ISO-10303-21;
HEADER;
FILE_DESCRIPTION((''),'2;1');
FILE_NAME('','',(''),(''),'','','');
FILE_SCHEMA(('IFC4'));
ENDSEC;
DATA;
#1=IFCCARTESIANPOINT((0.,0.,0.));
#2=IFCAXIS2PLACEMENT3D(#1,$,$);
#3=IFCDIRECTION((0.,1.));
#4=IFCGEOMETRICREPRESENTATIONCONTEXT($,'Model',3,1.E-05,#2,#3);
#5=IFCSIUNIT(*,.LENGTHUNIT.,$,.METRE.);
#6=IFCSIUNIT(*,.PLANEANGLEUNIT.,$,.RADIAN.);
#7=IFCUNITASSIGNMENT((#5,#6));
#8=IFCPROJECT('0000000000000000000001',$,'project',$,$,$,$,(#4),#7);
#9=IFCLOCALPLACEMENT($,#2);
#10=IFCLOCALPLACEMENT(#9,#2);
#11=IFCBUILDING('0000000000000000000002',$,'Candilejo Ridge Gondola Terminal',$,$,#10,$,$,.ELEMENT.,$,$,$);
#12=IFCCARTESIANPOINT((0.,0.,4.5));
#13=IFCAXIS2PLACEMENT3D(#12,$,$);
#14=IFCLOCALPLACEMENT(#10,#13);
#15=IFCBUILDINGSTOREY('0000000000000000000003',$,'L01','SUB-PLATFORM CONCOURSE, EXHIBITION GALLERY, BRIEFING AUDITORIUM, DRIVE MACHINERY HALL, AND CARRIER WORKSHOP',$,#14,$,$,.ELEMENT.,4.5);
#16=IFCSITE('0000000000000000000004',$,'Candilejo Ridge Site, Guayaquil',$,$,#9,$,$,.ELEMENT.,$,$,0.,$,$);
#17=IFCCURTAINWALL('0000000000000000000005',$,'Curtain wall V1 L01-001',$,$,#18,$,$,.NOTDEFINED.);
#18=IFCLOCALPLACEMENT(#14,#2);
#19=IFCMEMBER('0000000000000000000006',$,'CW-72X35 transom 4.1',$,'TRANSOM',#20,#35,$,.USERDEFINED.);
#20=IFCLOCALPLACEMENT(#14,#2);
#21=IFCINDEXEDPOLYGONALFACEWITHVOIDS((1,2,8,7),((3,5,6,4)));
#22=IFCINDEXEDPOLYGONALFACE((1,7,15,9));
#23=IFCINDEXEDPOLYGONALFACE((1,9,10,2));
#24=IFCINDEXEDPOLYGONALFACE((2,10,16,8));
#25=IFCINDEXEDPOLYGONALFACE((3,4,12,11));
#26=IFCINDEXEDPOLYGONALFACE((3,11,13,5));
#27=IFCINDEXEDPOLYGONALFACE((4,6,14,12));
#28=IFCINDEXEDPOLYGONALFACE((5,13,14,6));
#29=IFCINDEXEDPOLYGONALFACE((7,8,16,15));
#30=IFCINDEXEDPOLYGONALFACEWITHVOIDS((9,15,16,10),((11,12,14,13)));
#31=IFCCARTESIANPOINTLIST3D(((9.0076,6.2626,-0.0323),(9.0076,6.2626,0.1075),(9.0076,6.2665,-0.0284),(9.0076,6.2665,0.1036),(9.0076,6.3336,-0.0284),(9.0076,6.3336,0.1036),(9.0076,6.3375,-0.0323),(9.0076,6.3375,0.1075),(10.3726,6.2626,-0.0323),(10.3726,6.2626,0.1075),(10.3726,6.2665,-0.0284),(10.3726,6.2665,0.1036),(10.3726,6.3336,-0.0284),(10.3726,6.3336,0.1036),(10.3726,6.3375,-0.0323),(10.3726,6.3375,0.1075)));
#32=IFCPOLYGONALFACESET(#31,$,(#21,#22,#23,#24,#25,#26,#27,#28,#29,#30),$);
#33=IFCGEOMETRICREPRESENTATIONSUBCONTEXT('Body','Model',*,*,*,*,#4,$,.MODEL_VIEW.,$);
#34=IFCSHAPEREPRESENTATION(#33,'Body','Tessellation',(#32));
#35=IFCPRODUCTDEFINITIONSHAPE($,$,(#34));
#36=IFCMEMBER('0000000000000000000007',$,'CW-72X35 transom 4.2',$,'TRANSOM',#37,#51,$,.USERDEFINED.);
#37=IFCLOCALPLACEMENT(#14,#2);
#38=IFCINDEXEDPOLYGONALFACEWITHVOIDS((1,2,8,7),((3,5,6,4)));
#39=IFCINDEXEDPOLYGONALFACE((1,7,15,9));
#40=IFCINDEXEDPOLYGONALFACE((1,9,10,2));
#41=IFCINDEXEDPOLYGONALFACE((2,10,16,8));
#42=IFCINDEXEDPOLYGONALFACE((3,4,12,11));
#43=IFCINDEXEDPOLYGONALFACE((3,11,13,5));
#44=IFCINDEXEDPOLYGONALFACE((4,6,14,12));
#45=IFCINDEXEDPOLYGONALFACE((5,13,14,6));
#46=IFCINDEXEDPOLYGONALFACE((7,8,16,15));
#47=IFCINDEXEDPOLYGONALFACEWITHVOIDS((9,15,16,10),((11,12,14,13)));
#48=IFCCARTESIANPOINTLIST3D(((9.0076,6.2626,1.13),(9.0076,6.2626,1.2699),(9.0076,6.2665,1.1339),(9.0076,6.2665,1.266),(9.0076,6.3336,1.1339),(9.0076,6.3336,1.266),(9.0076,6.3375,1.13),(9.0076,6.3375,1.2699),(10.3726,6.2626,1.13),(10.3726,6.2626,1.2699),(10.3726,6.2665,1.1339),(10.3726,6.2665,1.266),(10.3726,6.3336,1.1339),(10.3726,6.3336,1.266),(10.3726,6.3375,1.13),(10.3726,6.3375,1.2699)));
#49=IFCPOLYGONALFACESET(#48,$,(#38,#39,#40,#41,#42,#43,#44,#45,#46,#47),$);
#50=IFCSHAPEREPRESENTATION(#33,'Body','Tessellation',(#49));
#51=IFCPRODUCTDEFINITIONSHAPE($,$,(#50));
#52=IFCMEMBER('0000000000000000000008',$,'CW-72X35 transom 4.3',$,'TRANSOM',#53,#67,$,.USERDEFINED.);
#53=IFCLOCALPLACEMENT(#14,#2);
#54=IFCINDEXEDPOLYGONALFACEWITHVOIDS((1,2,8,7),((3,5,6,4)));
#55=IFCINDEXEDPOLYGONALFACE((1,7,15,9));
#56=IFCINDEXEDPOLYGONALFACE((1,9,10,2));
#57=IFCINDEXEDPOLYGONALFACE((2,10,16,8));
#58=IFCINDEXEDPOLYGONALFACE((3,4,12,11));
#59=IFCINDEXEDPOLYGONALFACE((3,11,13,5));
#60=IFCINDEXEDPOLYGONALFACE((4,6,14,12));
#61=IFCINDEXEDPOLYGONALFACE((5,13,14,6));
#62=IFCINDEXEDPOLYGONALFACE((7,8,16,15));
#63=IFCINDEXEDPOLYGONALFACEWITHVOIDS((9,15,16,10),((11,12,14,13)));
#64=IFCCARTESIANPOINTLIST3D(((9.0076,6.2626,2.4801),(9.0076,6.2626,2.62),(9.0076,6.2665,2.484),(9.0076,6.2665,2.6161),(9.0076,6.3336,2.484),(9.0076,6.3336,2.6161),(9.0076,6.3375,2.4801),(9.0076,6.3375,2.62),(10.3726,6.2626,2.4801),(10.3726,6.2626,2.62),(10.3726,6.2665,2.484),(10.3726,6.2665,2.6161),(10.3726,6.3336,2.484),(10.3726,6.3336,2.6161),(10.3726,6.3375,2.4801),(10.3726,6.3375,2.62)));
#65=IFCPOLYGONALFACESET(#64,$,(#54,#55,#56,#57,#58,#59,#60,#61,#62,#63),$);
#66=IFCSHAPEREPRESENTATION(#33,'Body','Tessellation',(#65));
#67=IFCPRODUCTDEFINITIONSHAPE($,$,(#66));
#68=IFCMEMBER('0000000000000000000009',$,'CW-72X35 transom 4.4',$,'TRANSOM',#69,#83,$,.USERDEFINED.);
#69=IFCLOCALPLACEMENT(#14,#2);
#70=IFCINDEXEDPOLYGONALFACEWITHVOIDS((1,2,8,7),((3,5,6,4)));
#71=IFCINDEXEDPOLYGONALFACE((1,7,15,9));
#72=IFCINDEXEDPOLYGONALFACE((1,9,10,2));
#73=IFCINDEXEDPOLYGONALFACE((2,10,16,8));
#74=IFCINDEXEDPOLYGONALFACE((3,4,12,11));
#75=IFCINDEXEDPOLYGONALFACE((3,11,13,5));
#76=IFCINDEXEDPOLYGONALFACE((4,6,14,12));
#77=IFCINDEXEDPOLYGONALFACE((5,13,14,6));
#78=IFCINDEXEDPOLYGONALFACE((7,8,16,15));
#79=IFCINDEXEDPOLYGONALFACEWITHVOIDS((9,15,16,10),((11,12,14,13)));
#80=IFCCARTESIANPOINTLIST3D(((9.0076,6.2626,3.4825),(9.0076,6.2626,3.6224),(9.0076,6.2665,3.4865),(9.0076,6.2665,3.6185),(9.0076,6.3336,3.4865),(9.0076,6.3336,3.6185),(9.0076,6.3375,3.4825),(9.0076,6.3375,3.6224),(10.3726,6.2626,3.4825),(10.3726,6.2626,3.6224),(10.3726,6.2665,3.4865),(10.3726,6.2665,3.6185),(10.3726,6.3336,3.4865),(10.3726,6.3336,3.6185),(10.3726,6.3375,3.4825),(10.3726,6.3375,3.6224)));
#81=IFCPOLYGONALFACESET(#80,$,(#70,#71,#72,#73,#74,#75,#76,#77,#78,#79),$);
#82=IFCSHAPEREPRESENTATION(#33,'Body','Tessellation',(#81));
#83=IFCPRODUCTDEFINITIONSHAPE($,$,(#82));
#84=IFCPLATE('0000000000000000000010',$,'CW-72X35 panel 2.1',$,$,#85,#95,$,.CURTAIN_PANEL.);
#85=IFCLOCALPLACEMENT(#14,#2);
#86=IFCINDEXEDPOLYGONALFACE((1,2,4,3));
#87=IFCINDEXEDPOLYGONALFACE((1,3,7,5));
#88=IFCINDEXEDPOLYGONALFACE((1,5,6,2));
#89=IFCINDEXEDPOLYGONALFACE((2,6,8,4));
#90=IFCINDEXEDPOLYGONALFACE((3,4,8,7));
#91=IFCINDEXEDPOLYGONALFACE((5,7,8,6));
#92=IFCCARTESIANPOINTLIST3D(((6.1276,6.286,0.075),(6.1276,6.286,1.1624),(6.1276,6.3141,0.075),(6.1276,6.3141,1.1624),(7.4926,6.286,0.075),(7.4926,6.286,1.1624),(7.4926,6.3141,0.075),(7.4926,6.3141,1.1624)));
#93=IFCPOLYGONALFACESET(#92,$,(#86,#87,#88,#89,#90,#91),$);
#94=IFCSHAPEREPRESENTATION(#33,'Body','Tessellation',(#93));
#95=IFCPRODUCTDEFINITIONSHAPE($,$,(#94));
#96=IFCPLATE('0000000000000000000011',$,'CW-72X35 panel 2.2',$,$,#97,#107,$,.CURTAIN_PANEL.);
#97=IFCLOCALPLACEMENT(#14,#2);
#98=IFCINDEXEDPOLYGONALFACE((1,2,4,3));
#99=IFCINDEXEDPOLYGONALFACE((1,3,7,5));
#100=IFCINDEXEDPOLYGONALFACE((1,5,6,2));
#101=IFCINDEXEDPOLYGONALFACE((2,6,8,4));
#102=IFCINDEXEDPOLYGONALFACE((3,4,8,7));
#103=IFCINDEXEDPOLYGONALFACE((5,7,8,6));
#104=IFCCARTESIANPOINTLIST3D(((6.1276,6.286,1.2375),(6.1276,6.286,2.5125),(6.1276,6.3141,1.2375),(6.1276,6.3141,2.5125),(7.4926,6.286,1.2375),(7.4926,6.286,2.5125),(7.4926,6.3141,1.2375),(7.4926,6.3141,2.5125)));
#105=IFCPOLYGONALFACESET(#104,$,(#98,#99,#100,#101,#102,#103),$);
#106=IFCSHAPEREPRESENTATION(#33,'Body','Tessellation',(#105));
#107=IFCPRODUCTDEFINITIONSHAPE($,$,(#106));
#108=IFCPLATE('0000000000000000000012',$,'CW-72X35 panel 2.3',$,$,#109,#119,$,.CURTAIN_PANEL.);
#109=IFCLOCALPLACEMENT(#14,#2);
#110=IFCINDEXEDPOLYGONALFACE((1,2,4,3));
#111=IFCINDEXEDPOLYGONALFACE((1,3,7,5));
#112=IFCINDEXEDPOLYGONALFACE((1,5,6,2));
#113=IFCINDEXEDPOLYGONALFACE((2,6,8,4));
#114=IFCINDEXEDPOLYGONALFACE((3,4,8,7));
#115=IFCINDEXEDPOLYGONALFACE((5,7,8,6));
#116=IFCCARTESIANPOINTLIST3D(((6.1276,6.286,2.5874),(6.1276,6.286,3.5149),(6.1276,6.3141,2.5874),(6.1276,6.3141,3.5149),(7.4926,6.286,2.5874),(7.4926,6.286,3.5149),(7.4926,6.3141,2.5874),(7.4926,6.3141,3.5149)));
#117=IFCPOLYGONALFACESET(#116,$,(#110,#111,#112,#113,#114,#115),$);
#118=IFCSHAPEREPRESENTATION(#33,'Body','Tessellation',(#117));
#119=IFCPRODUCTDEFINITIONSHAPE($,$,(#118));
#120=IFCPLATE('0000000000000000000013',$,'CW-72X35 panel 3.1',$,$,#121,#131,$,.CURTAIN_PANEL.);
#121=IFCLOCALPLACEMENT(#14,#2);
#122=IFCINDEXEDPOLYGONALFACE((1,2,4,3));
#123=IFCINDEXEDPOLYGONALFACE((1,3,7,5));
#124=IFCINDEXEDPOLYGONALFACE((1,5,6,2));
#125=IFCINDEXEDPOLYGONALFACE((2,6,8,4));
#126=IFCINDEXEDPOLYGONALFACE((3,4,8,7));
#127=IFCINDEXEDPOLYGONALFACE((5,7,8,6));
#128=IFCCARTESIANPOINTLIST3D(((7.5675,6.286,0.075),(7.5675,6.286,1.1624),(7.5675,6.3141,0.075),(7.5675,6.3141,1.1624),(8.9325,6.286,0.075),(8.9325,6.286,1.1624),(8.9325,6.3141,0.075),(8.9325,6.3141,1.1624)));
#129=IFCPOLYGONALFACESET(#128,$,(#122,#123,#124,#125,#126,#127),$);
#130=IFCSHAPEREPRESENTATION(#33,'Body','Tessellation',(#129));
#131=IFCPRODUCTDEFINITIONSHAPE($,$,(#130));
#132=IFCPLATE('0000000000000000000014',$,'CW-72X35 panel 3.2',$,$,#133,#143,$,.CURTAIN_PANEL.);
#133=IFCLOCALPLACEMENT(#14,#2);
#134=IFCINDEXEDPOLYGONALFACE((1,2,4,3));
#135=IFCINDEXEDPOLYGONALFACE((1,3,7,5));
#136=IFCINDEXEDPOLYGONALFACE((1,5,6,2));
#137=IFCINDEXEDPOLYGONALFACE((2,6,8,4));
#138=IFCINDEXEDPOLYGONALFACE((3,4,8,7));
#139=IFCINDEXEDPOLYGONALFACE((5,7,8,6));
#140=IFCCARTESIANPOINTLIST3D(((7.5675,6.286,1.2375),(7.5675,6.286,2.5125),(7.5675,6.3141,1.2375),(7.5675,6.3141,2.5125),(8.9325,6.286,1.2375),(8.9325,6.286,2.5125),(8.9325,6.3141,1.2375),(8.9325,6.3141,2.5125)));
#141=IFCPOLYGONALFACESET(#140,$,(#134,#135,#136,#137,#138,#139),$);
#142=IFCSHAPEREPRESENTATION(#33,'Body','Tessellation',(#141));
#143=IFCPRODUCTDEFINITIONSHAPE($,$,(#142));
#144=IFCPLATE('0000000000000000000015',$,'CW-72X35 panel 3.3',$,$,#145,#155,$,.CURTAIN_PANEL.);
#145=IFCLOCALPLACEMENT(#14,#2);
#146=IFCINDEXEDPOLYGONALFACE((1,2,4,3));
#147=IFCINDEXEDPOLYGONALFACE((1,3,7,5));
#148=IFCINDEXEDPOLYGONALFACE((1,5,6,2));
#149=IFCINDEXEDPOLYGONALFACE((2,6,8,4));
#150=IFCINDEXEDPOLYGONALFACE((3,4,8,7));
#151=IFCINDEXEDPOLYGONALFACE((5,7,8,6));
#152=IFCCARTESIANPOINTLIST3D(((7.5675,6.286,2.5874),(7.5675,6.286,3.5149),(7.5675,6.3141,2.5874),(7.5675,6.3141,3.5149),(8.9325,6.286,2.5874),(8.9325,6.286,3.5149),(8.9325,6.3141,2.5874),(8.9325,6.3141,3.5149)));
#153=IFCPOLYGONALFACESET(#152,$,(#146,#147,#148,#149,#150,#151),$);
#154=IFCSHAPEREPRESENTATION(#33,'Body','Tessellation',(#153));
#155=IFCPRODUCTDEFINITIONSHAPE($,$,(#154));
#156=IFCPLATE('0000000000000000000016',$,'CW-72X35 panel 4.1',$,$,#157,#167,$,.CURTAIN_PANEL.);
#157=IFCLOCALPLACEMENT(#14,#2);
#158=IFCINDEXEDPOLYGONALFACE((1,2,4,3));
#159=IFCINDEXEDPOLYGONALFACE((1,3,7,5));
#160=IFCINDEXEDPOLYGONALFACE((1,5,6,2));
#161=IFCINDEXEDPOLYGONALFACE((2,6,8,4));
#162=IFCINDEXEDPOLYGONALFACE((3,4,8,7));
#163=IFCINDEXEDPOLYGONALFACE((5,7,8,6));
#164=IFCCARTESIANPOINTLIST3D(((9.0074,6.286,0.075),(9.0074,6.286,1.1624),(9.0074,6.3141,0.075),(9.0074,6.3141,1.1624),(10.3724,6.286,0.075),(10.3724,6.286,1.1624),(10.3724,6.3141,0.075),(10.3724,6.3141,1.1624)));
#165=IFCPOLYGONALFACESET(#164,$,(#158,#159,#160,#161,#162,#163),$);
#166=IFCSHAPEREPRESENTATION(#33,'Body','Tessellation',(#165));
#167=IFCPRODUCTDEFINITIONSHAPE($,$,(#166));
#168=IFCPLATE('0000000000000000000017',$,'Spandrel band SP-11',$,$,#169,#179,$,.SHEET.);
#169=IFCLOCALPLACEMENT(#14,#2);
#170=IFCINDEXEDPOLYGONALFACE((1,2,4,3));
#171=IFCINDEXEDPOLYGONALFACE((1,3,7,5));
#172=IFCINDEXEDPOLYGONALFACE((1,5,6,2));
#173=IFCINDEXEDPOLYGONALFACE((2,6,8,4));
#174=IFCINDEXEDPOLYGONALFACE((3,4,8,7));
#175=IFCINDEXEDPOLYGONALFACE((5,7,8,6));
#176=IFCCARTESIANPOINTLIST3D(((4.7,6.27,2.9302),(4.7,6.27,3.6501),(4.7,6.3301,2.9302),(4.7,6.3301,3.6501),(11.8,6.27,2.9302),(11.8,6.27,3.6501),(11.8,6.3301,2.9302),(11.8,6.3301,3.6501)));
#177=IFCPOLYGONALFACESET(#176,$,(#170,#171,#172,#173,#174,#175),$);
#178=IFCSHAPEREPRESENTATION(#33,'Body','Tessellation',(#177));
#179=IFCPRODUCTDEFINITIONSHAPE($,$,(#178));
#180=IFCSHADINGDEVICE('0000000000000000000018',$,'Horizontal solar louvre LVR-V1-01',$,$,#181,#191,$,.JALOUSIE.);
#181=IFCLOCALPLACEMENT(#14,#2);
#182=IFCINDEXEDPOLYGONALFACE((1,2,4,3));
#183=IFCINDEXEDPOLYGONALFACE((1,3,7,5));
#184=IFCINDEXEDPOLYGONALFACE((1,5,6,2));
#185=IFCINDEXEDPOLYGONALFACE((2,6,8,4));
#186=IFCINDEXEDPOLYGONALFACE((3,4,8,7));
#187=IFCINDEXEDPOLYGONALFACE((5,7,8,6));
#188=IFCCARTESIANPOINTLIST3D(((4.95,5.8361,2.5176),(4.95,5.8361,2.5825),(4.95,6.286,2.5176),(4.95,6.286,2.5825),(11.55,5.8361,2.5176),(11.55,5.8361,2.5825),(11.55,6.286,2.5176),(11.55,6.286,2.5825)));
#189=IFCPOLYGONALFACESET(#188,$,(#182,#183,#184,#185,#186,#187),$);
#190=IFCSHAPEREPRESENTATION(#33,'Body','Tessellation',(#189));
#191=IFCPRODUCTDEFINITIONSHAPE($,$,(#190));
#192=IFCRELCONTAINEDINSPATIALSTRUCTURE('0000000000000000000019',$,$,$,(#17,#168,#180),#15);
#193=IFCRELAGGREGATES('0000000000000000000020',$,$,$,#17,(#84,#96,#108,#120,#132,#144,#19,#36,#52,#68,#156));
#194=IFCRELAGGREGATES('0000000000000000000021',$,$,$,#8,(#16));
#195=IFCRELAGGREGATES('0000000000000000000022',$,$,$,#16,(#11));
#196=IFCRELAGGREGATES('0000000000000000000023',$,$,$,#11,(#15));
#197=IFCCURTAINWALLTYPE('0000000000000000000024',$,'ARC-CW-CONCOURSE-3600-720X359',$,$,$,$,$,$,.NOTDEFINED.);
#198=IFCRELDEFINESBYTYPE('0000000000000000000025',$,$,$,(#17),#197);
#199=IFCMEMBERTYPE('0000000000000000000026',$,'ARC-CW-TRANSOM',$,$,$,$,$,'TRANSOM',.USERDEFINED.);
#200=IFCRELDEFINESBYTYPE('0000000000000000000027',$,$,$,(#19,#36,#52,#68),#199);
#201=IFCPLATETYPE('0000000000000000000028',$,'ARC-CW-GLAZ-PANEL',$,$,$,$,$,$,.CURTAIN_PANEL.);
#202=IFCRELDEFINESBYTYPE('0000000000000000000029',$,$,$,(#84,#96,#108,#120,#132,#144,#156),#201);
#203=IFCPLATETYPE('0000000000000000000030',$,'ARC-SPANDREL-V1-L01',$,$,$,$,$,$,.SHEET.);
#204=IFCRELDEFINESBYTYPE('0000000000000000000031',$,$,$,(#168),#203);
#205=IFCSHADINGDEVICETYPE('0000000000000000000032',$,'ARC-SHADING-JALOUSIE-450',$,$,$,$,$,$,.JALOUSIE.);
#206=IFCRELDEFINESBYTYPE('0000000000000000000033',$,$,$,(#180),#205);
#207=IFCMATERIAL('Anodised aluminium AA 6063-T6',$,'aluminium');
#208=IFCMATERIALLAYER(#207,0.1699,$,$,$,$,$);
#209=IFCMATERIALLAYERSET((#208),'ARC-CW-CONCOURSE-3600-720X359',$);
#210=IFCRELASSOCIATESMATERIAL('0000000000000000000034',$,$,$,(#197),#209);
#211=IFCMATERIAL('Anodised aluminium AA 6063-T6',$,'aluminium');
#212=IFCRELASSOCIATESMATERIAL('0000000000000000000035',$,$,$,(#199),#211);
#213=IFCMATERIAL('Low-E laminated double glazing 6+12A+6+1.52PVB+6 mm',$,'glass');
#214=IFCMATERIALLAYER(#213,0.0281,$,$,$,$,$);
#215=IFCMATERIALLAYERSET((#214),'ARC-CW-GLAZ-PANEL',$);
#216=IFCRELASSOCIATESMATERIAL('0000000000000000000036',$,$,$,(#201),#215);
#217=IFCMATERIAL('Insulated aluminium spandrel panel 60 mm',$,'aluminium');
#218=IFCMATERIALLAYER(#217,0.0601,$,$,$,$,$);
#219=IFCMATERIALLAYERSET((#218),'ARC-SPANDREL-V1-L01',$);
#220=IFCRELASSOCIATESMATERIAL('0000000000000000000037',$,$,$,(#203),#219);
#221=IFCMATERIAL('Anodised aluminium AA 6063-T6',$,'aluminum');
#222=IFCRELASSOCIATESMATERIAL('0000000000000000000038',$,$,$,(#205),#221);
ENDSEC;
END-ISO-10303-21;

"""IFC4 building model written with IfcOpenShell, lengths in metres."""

from ifc_helpers import new_model, si_unit, direction, frame, origin, origin_2d, place, context, subcontext, project, spatial, rectangle, hollow_rectangle, extrude, material, layer, layer_set, material_profile, profile_set, type_object, element, aggregate, save


model = new_model("IFC4")

# Units and contexts
model_context = context("Model", 3, precision=1e-05, world=origin(), true_north=direction((0.0, 1.0)))
body_context = subcontext(model_context, "Body", "Model", "MODEL_VIEW")
ifc_project = project(units=[si_unit("LENGTHUNIT", "METRE"), si_unit("PLANEANGLEUNIT", "RADIAN")], contexts=[model_context])

# Site, building, storey
site_placement = place(None, origin())
site = spatial("IfcSite", under=ifc_project, at=site_placement, Name="Candilejo Ridge Site, Guayaquil", CompositionType="ELEMENT", RefElevation=0.0)
building_placement = place(site_placement, origin())
building = spatial("IfcBuilding", under=site, at=building_placement, Name="Candilejo Ridge Gondola Terminal", CompositionType="ELEMENT")
storey_placement = place(building_placement, frame((0.0, 0.0, 4.5)))
storey = spatial("IfcBuildingStorey", under=building, at=storey_placement, Name="L01", Description="SUB-PLATFORM CONCOURSE, EXHIBITION GALLERY, BRIEFING AUDITORIUM, DRIVE MACHINERY HALL, AND CARRIER WORKSHOP", CompositionType="ELEMENT", Elevation=4.5)

# Curtain wall, members, plates
ifc_material_1 = material(Name="Anodised aluminium AA 6063-T6", Category="aluminium")
ifc_layer_1 = layer(ifc_material_1, 0.1699)
ifc_layer_set_1 = layer_set([ifc_layer_1], Name="ARC-CW-CONCOURSE-3600-720X359")
curtain_wall_type = type_object("IfcCurtainWallType", Name="ARC-CW-CONCOURSE-3600-720X359", PredefinedType="NOTDEFINED", material=ifc_layer_set_1)
curtain_wall_placement = place(storey_placement, origin())
curtain_wall = element("IfcCurtainWall", 1, at=curtain_wall_placement, inside=storey, type_object=curtain_wall_type, Name="Curtain wall V1 L01-001", PredefinedType="NOTDEFINED")
ifc_material_2 = material(Name="Anodised aluminium AA 6063-T6", Category="aluminium")
ifc_material_profile_1 = material_profile(ifc_material_2, hollow_rectangle(XDim=0.075, YDim=0.1399, WallThickness=0.0039, at=origin_2d()))
ifc_profile_set_1 = profile_set([ifc_material_profile_1], Name="Anodised aluminium AA 6063-T6")
member_type_1 = type_object("IfcMemberType", Name="ARC-CW-TRANSOM", ElementType="TRANSOM", PredefinedType="USERDEFINED", material=ifc_profile_set_1)
member_1_placement = place(storey_placement, frame((9.0076, 6.3, 0.0376), z_axis=(1.0, 0.0, 0.0), x_axis=(0.0, 1.0, 0.0)))
member_1 = element("IfcMember", 2, at=member_1_placement, type_object=member_type_1, Name="CW-72X35 transom 4.1", ObjectType="TRANSOM", PredefinedType="USERDEFINED", context=body_context, shape_type="SweptSolid", body=[
    extrude(hollow_rectangle(XDim=0.075, YDim=0.1399, WallThickness=0.0039, at=origin_2d()), origin(), (0.0, 0.0, 1.0), 1.365),
])
member_2_placement = place(storey_placement, frame((9.0076, 6.3, 1.2), z_axis=(1.0, 0.0, 0.0), x_axis=(0.0, 1.0, 0.0)))
member_2 = element("IfcMember", 3, at=member_2_placement, type_object=member_type_1, Name="CW-72X35 transom 4.2", ObjectType="TRANSOM", PredefinedType="USERDEFINED", context=body_context, shape_type="SweptSolid", body=[
    extrude(hollow_rectangle(XDim=0.075, YDim=0.1399, WallThickness=0.0039, at=origin_2d()), origin(), (0.0, 0.0, 1.0), 1.365),
])
member_3_placement = place(storey_placement, frame((9.0076, 6.3, 2.55), z_axis=(1.0, 0.0, 0.0), x_axis=(0.0, 1.0, 0.0)))
member_3 = element("IfcMember", 4, at=member_3_placement, type_object=member_type_1, Name="CW-72X35 transom 4.3", ObjectType="TRANSOM", PredefinedType="USERDEFINED", context=body_context, shape_type="SweptSolid", body=[
    extrude(hollow_rectangle(XDim=0.075, YDim=0.1399, WallThickness=0.0039, at=origin_2d()), origin(), (0.0, 0.0, 1.0), 1.365),
])
member_4_placement = place(storey_placement, frame((9.0076, 6.3, 3.5525), z_axis=(1.0, 0.0, 0.0), x_axis=(0.0, 1.0, 0.0)))
member_4 = element("IfcMember", 5, at=member_4_placement, type_object=member_type_1, Name="CW-72X35 transom 4.4", ObjectType="TRANSOM", PredefinedType="USERDEFINED", context=body_context, shape_type="SweptSolid", body=[
    extrude(hollow_rectangle(XDim=0.075, YDim=0.1399, WallThickness=0.0039, at=origin_2d()), origin(), (0.0, 0.0, 1.0), 1.365),
])
ifc_material_3 = material(Name="Low-E laminated double glazing 6+12A+6+1.52PVB+6 mm", Category="glass")
ifc_layer_2 = layer(ifc_material_3, 0.0281)
ifc_layer_set_2 = layer_set([ifc_layer_2], Name="ARC-CW-GLAZ-PANEL")
plate_type_1 = type_object("IfcPlateType", Name="ARC-CW-GLAZ-PANEL", PredefinedType="CURTAIN_PANEL", material=ifc_layer_set_2)
plate_1_placement = place(storey_placement, frame((6.8101, 6.3, 0.075), z_axis=(0.0, 0.0, 1.0), x_axis=(1.0, 0.0, 0.0)))
plate_1 = element("IfcPlate", 6, at=plate_1_placement, type_object=plate_type_1, Name="CW-72X35 panel 2.1", PredefinedType="CURTAIN_PANEL", context=body_context, shape_type="SweptSolid", body=[
    extrude(rectangle(XDim=1.365, YDim=0.0281, at=origin_2d()), origin(), (0.0, 0.0, 1.0), 1.0874),
])
plate_2_placement = place(storey_placement, frame((6.8101, 6.3, 1.2375), z_axis=(0.0, 0.0, 1.0), x_axis=(1.0, 0.0, 0.0)))
plate_2 = element("IfcPlate", 7, at=plate_2_placement, type_object=plate_type_1, Name="CW-72X35 panel 2.2", PredefinedType="CURTAIN_PANEL", context=body_context, shape_type="SweptSolid", body=[
    extrude(rectangle(XDim=1.365, YDim=0.0281, at=origin_2d()), origin(), (0.0, 0.0, 1.0), 1.2749),
])
plate_3_placement = place(storey_placement, frame((6.8101, 6.3, 2.5874), z_axis=(0.0, 0.0, 1.0), x_axis=(1.0, 0.0, 0.0)))
plate_3 = element("IfcPlate", 8, at=plate_3_placement, type_object=plate_type_1, Name="CW-72X35 panel 2.3", PredefinedType="CURTAIN_PANEL", context=body_context, shape_type="SweptSolid", body=[
    extrude(rectangle(XDim=1.365, YDim=0.0281, at=origin_2d()), origin(), (0.0, 0.0, 1.0), 0.9275),
])
plate_4_placement = place(storey_placement, frame((8.25, 6.3, 0.075), z_axis=(0.0, 0.0, 1.0), x_axis=(1.0, 0.0, 0.0)))
plate_4 = element("IfcPlate", 9, at=plate_4_placement, type_object=plate_type_1, Name="CW-72X35 panel 3.1", PredefinedType="CURTAIN_PANEL", context=body_context, shape_type="SweptSolid", body=[
    extrude(rectangle(XDim=1.365, YDim=0.0281, at=origin_2d()), origin(), (0.0, 0.0, 1.0), 1.0874),
])
plate_5_placement = place(storey_placement, frame((8.25, 6.3, 1.2375), z_axis=(0.0, 0.0, 1.0), x_axis=(1.0, 0.0, 0.0)))
plate_5 = element("IfcPlate", 10, at=plate_5_placement, type_object=plate_type_1, Name="CW-72X35 panel 3.2", PredefinedType="CURTAIN_PANEL", context=body_context, shape_type="SweptSolid", body=[
    extrude(rectangle(XDim=1.365, YDim=0.0281, at=origin_2d()), origin(), (0.0, 0.0, 1.0), 1.2749),
])
plate_6_placement = place(storey_placement, frame((8.25, 6.3, 2.5874), z_axis=(0.0, 0.0, 1.0), x_axis=(1.0, 0.0, 0.0)))
plate_6 = element("IfcPlate", 11, at=plate_6_placement, type_object=plate_type_1, Name="CW-72X35 panel 3.3", PredefinedType="CURTAIN_PANEL", context=body_context, shape_type="SweptSolid", body=[
    extrude(rectangle(XDim=1.365, YDim=0.0281, at=origin_2d()), origin(), (0.0, 0.0, 1.0), 0.9275),
])
plate_7_placement = place(storey_placement, frame((9.6899, 6.3, 0.075), z_axis=(0.0, 0.0, 1.0), x_axis=(1.0, 0.0, 0.0)))
plate_7 = element("IfcPlate", 12, at=plate_7_placement, type_object=plate_type_1, Name="CW-72X35 panel 4.1", PredefinedType="CURTAIN_PANEL", context=body_context, shape_type="SweptSolid", body=[
    extrude(rectangle(XDim=1.365, YDim=0.0281, at=origin_2d()), origin(), (0.0, 0.0, 1.0), 1.0874),
])
aggregate(curtain_wall, [plate_1, plate_2, plate_3, plate_4, plate_5, plate_6, member_1, member_2, member_3, member_4, plate_7])

# Plate
ifc_material_4 = material(Name="Insulated aluminium spandrel panel 60 mm", Category="aluminium")
ifc_layer_3 = layer(ifc_material_4, 0.0601)
ifc_layer_set_3 = layer_set([ifc_layer_3], Name="ARC-SPANDREL-V1-L01")
plate_type_2 = type_object("IfcPlateType", Name="ARC-SPANDREL-V1-L01", PredefinedType="SHEET", material=ifc_layer_set_3)
plate_8_placement = place(storey_placement, frame((8.25, 6.3, 2.9302), z_axis=(0.0, 0.0, 1.0), x_axis=(1.0, 0.0, 0.0)))
element("IfcPlate", 13, at=plate_8_placement, inside=storey, type_object=plate_type_2, Name="Spandrel band SP-11", PredefinedType="SHEET", context=body_context, shape_type="SweptSolid", body=[
    extrude(rectangle(XDim=7.1001, YDim=0.0601, at=origin_2d()), origin(), (0.0, 0.0, 1.0), 0.72),
])

# Shading device
ifc_material_5 = material(Name="Anodised aluminium AA 6063-T6", Category="aluminum")
shading_device_type = type_object("IfcShadingDeviceType", Name="ARC-SHADING-JALOUSIE-450", PredefinedType="JALOUSIE", material=ifc_material_5)
shading_device_placement = place(storey_placement, frame((8.25, 6.061, 2.5176)))
element("IfcShadingDevice", 14, at=shading_device_placement, inside=storey, type_object=shading_device_type, Name="Horizontal solar louvre LVR-V1-01", PredefinedType="JALOUSIE", context=body_context, shape_type="SweptSolid", body=[
    extrude(rectangle(XDim=6.6001, YDim=0.45, at=origin_2d()), origin(), (0.0, 0.0, 1.0), 0.0649),
])

save(model, "model.ifc")
